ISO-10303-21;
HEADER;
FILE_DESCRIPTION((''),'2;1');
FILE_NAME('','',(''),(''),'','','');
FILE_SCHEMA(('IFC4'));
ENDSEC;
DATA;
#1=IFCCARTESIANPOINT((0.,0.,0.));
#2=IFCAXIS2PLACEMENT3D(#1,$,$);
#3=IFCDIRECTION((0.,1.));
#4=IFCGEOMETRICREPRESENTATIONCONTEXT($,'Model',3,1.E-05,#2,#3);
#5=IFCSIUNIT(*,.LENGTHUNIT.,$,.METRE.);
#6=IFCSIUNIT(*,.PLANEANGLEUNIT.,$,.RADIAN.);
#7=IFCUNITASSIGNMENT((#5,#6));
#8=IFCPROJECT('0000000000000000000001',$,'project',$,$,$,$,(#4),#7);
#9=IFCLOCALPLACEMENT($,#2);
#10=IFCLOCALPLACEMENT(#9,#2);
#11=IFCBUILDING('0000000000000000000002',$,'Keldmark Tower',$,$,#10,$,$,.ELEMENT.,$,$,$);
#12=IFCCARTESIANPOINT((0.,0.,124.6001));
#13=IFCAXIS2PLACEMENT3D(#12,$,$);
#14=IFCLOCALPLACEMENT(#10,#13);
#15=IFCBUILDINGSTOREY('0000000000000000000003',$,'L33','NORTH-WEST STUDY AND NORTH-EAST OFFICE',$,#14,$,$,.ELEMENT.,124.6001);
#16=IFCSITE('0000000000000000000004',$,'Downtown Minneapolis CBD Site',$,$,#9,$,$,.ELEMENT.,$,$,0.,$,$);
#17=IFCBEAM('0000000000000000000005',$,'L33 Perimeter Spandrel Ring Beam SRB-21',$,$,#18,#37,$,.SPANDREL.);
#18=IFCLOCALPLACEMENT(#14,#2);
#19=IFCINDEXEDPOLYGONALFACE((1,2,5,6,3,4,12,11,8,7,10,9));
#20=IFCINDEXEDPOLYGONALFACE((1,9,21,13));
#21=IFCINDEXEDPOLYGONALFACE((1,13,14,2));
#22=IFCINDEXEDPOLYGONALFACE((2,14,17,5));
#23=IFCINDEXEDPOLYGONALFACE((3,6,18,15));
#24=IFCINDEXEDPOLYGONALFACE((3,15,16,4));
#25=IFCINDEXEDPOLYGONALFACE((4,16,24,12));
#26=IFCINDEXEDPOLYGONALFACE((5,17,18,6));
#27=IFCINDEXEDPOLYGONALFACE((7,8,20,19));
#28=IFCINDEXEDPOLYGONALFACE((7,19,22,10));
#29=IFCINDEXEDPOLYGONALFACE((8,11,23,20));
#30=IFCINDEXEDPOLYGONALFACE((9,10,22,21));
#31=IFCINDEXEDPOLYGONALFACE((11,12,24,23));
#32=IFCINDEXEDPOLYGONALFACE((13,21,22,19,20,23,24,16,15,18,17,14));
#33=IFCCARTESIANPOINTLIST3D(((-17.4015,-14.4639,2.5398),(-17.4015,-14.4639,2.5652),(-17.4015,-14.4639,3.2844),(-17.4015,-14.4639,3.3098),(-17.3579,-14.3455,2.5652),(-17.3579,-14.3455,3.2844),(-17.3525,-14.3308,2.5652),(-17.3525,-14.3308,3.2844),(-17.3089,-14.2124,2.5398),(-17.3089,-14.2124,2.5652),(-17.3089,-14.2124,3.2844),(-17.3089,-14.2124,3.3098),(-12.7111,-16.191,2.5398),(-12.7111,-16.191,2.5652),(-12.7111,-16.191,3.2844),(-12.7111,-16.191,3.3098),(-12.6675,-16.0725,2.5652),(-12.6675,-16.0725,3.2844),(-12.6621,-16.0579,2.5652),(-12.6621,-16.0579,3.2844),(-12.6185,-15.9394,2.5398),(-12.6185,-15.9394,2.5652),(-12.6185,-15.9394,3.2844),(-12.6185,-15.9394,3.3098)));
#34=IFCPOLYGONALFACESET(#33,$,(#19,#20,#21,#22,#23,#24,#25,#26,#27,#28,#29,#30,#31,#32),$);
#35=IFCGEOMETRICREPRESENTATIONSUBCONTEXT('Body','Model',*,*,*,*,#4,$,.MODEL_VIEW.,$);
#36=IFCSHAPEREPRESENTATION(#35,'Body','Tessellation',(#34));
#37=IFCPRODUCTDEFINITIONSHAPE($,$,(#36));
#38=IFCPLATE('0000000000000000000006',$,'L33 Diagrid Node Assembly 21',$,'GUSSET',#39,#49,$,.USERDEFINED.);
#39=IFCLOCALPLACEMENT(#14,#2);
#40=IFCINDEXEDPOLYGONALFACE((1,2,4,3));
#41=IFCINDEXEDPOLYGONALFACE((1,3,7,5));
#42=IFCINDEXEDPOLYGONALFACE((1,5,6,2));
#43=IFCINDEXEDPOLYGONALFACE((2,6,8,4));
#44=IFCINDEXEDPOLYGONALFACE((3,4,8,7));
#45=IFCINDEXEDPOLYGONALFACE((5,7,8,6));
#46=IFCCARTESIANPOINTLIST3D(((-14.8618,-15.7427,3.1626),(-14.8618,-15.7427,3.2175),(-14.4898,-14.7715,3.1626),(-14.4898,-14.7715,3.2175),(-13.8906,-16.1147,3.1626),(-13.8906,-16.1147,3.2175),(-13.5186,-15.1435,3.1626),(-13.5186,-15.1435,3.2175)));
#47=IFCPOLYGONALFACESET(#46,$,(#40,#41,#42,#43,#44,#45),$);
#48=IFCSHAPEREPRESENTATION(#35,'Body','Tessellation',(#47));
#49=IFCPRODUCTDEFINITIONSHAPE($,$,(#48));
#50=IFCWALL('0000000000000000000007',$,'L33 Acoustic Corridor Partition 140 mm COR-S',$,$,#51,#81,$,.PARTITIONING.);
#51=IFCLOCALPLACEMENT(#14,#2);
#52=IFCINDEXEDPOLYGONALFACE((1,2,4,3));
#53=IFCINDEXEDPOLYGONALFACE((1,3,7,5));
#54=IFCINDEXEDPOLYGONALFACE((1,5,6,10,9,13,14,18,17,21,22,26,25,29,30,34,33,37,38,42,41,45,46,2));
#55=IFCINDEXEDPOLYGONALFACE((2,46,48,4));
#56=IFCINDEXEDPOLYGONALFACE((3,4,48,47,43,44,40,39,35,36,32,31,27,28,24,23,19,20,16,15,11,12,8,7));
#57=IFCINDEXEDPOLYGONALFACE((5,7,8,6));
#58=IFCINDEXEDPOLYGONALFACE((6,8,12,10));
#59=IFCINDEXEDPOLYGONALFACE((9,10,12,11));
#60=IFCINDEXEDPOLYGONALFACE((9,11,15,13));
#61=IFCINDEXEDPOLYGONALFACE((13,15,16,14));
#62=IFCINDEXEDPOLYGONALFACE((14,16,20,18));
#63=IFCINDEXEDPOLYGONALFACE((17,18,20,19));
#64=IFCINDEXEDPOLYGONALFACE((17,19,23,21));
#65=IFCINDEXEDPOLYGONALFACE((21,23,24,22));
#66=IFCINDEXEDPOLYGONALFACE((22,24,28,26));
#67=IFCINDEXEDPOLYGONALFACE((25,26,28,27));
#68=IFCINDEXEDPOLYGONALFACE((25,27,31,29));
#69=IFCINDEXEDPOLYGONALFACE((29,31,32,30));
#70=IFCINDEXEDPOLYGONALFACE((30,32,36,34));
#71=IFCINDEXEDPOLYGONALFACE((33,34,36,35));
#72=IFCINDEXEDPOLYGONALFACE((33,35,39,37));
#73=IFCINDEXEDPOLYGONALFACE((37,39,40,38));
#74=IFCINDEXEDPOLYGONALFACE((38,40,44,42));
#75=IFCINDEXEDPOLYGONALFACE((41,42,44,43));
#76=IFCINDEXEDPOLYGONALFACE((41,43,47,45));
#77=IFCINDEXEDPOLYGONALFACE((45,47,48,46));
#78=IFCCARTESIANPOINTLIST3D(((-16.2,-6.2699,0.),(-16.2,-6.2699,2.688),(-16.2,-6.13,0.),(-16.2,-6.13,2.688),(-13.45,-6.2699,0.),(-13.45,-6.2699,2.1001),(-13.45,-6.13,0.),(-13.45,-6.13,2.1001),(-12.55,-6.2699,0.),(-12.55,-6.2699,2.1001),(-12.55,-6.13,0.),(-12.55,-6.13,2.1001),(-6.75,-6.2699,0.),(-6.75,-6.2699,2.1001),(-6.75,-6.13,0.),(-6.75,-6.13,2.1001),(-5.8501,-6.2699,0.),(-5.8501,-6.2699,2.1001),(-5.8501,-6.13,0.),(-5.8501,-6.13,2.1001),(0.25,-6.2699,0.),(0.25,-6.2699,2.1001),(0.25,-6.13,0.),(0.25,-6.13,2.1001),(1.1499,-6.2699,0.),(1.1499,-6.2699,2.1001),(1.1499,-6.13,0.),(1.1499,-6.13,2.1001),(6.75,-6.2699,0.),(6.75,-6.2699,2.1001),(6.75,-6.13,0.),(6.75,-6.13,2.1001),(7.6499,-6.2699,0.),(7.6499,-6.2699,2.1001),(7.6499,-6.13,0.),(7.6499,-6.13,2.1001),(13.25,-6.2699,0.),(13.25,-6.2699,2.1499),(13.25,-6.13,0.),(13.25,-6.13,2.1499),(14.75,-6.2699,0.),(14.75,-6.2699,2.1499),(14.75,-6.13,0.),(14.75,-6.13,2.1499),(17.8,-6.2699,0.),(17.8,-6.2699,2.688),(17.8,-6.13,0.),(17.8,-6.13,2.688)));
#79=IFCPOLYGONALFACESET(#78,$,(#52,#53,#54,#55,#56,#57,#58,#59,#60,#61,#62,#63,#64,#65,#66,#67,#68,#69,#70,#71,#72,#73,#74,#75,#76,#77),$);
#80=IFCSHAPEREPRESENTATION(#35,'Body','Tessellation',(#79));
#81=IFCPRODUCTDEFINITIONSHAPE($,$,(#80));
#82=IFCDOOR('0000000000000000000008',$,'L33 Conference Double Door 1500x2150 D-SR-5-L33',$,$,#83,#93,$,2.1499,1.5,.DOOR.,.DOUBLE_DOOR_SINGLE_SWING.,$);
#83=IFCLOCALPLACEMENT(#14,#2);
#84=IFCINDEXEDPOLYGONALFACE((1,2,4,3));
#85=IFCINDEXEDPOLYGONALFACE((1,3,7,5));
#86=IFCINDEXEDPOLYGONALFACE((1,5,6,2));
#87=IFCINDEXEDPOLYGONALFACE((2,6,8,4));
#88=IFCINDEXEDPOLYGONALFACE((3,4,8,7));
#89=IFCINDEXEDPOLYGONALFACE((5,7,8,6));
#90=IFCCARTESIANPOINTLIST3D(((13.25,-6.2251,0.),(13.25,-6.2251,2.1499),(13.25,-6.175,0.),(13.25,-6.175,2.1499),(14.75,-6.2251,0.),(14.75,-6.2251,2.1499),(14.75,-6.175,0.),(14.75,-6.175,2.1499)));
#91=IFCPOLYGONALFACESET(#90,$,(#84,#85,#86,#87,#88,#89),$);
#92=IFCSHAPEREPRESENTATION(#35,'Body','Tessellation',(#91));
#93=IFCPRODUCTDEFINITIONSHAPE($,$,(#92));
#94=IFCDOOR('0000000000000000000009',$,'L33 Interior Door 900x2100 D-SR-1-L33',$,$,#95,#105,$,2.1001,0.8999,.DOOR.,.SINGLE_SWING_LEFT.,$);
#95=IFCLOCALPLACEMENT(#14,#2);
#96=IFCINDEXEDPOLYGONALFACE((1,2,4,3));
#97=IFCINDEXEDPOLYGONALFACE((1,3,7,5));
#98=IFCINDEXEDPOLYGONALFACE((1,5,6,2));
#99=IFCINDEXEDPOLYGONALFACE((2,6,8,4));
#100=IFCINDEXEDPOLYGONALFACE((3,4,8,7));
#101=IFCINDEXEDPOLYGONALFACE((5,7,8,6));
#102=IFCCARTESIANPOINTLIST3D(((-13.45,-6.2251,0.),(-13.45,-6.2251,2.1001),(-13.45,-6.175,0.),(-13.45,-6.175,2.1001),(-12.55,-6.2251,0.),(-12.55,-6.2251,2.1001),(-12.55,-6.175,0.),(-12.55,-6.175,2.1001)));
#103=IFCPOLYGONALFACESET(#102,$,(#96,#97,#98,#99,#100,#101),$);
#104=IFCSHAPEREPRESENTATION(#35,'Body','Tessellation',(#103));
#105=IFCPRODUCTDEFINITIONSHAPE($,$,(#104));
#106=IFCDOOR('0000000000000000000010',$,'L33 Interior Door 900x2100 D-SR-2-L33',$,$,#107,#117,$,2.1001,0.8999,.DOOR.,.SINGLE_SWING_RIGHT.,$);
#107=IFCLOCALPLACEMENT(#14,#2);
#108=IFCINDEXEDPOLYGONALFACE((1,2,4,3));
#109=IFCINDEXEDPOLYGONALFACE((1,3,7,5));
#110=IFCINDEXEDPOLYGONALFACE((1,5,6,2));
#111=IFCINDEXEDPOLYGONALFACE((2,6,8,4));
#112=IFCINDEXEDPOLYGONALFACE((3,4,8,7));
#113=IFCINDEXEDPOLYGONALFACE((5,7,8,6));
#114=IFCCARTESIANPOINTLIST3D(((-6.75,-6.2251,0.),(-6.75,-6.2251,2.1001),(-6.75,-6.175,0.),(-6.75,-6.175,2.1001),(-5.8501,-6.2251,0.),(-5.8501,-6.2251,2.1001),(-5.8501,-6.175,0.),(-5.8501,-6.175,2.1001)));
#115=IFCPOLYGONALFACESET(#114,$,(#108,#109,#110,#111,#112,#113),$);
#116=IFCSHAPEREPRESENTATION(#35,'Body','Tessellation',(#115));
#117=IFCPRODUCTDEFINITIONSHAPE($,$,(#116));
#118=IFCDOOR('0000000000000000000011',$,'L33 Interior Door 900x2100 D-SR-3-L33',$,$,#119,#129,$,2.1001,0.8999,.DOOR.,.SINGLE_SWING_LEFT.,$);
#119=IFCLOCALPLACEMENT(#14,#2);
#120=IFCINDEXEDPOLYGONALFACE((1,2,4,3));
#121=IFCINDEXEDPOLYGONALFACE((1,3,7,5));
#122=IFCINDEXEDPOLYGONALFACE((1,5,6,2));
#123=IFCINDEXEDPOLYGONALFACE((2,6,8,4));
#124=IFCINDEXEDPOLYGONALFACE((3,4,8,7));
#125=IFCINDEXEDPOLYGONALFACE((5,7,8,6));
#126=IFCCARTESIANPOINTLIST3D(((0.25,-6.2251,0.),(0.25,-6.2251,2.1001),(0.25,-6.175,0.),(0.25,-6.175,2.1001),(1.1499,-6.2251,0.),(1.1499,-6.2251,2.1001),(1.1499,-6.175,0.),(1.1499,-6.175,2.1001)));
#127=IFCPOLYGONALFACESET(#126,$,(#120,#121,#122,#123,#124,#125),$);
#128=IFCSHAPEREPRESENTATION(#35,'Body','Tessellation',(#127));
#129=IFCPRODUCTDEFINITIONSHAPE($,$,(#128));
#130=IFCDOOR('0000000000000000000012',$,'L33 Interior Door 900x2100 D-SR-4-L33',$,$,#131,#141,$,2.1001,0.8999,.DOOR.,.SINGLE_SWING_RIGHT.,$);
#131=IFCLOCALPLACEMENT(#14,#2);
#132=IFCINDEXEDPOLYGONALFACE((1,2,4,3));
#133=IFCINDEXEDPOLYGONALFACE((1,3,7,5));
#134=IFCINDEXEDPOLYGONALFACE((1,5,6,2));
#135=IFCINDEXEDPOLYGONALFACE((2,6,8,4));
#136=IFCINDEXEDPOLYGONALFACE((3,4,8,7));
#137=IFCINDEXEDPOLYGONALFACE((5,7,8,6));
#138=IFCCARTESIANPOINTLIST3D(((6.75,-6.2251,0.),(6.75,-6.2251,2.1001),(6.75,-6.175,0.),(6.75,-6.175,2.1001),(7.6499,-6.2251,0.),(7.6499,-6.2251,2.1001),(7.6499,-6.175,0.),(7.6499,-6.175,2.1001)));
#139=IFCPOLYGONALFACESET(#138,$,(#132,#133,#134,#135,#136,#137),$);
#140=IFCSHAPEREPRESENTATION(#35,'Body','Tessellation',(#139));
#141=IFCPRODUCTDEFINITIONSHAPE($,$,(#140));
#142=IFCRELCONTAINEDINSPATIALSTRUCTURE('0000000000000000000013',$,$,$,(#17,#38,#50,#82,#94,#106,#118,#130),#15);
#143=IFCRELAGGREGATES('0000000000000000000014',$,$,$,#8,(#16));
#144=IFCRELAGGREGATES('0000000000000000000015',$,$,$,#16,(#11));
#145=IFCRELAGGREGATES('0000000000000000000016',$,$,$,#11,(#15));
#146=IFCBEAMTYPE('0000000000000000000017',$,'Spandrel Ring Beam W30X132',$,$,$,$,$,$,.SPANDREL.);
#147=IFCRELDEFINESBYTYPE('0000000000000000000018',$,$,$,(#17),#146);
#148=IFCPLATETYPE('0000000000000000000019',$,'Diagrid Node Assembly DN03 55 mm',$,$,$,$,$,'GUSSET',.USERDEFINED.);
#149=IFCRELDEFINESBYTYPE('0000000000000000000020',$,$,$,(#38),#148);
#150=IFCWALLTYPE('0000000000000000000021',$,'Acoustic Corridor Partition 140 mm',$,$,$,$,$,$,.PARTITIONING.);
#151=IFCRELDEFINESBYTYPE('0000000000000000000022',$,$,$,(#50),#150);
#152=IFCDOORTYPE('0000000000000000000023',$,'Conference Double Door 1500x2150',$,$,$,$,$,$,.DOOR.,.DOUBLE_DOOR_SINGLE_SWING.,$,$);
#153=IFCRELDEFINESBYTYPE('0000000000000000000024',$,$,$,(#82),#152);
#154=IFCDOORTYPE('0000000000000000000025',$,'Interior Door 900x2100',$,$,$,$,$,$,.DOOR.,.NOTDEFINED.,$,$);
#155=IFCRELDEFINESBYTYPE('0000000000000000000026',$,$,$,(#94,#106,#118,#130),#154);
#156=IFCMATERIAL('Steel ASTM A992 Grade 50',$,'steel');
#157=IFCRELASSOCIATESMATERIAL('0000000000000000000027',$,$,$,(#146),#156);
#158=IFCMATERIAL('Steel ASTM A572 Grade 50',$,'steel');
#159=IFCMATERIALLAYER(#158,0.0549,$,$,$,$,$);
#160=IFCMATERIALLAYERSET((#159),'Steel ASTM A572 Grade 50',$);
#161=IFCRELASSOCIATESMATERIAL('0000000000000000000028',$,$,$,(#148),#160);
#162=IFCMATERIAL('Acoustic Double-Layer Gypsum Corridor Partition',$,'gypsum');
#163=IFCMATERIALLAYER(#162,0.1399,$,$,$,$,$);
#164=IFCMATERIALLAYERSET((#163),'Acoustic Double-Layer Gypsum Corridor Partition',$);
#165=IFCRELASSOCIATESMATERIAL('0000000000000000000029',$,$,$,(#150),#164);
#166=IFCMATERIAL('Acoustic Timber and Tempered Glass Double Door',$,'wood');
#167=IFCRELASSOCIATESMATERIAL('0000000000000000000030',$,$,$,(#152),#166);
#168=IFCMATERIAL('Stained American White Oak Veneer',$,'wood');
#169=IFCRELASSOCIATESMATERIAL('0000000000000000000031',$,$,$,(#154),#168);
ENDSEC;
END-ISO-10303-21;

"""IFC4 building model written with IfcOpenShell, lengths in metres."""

from ifc_helpers import new_model, si_unit, direction, frame, frame_2d, origin, origin_2d, place, context, subcontext, project, spatial, rectangle, i_section, extrude, material, layer, layer_set, material_profile, profile_set, type_object, element, fill, save


model = new_model("IFC4")

# Units and contexts
model_context = context("Model", 3, precision=1e-05, world=origin(), true_north=direction((0.0, 1.0)))
body_context = subcontext(model_context, "Body", "Model", "MODEL_VIEW")
ifc_project = project(units=[si_unit("LENGTHUNIT", "METRE"), si_unit("PLANEANGLEUNIT", "RADIAN")], contexts=[model_context])

# Site, building, storey
site_placement = place(None, origin())
site = spatial("IfcSite", under=ifc_project, at=site_placement, Name="Downtown Minneapolis CBD Site", CompositionType="ELEMENT", RefElevation=0.0)
building_placement = place(site_placement, origin())
building = spatial("IfcBuilding", under=site, at=building_placement, Name="Keldmark Tower", CompositionType="ELEMENT")
storey_placement = place(building_placement, frame((0.0, 0.0, 124.6001)))
storey = spatial("IfcBuildingStorey", under=building, at=storey_placement, Name="L33", Description="NORTH-WEST STUDY AND NORTH-EAST OFFICE", CompositionType="ELEMENT", Elevation=124.6001)

# Beam
ifc_material_1 = material(Name="Steel ASTM A992 Grade 50", Category="steel")
ifc_material_profile_1 = material_profile(ifc_material_1, i_section(OverallWidth=0.2681, OverallDepth=0.77, WebThickness=0.0156, FlangeThickness=0.0254, at=origin_2d()), Name="W30X132")
ifc_profile_set_1 = profile_set([ifc_material_profile_1], Name="Steel ASTM A992 Grade 50")
beam_type_1 = type_object("IfcBeamType", Name="Spandrel Ring Beam W30X132", PredefinedType="SPANDREL", material=ifc_profile_set_1)
beam_1_placement = place(storey_placement, frame((-17.3552, -14.3381, 2.9248), z_axis=(0.938408, -0.345529, 0.0), x_axis=(0.345529, 0.938408, 0.0)))
element("IfcBeam", 1, at=beam_1_placement, inside=storey, type_object=beam_type_1, Name="L33 Perimeter Spandrel Ring Beam SRB-21", PredefinedType="SPANDREL", context=body_context, shape_type="SweptSolid", body=[
    extrude(i_section(OverallWidth=0.2681, OverallDepth=0.77, WebThickness=0.0156, FlangeThickness=0.0254, at=origin_2d()), origin(), (0.0, 0.0, 1.0), 4.9983),
])

# Plate
ifc_material_2 = material(Name="Steel ASTM A572 Grade 50", Category="steel")
ifc_layer_1 = layer(ifc_material_2, 0.0549)
ifc_layer_set_1 = layer_set([ifc_layer_1], Name="Steel ASTM A572 Grade 50")
plate_type = type_object("IfcPlateType", Name="Diagrid Node Assembly DN03 55 mm", ElementType="GUSSET", PredefinedType="USERDEFINED", material=ifc_layer_set_1)
plate_placement = place(storey_placement, frame((-14.1902, -15.4431, 3.1626), z_axis=(0.0, 0.0, 1.0), x_axis=(0.93383, -0.357716, 0.0)))
element("IfcPlate", 2, at=plate_placement, inside=storey, type_object=plate_type, Name="L33 Diagrid Node Assembly 21", ObjectType="GUSSET", PredefinedType="USERDEFINED", context=body_context, shape_type="SweptSolid", body=[
    extrude(rectangle(XDim=1.04, YDim=1.04, at=origin_2d()), origin(), (0.0, 0.0, 1.0), 0.0549),
])

# Wall, openings, doors
ifc_material_3 = material(Name="Acoustic Double-Layer Gypsum Corridor Partition", Category="gypsum")
ifc_layer_2 = layer(ifc_material_3, 0.1399)
ifc_layer_set_2 = layer_set([ifc_layer_2], Name="Acoustic Double-Layer Gypsum Corridor Partition")
wall_type_1 = type_object("IfcWallType", Name="Acoustic Corridor Partition 140 mm", PredefinedType="PARTITIONING", material=ifc_layer_set_2)
wall_1_placement = place(storey_placement, frame((-16.2, -6.2, 0.0), z_axis=(0.0, 0.0, 1.0), x_axis=(1.0, 0.0, 0.0)))
wall_1 = element("IfcWall", 3, at=wall_1_placement, inside=storey, type_object=wall_type_1, Name="L33 Acoustic Corridor Partition 140 mm COR-S", PredefinedType="PARTITIONING", context=body_context, shape_type="SweptSolid", body=[
    extrude(rectangle(XDim=34.0, YDim=0.1399, at=frame_2d((17.0, 0.0))), origin(), (0.0, 0.0, 1.0), 2.688),
])
opening_1_placement = place(wall_1_placement, frame((2.75, 0.0, 0.0)))
opening_1 = element("IfcOpeningElement", 4, at=opening_1_placement, cuts=wall_1, PredefinedType="OPENING", context=body_context, shape_type="SweptSolid", body=[
    extrude(rectangle(XDim=0.8999, YDim=2.1001, at=frame_2d((0.45, 1.05))), frame((0.0, 0.0798, 0.0), z_axis=(0.0, -1.0, 0.0), x_axis=(1.0, 0.0, 0.0)), (0.0, 0.0, 1.0), 0.1599),
])
opening_2_placement = place(wall_1_placement, frame((9.45, 0.0, 0.0)))
opening_2 = element("IfcOpeningElement", 5, at=opening_2_placement, cuts=wall_1, PredefinedType="OPENING", context=body_context, shape_type="SweptSolid", body=[
    extrude(rectangle(XDim=0.8999, YDim=2.1001, at=frame_2d((0.45, 1.05))), frame((0.0, 0.0798, 0.0), z_axis=(0.0, -1.0, 0.0), x_axis=(1.0, 0.0, 0.0)), (0.0, 0.0, 1.0), 0.1599),
])
opening_3_placement = place(wall_1_placement, frame((16.45, 0.0, 0.0)))
opening_3 = element("IfcOpeningElement", 6, at=opening_3_placement, cuts=wall_1, PredefinedType="OPENING", context=body_context, shape_type="SweptSolid", body=[
    extrude(rectangle(XDim=0.8999, YDim=2.1001, at=frame_2d((0.45, 1.05))), frame((0.0, 0.0798, 0.0), z_axis=(0.0, -1.0, 0.0), x_axis=(1.0, 0.0, 0.0)), (0.0, 0.0, 1.0), 0.1599),
])
opening_4_placement = place(wall_1_placement, frame((22.95, 0.0, 0.0)))
opening_4 = element("IfcOpeningElement", 7, at=opening_4_placement, cuts=wall_1, PredefinedType="OPENING", context=body_context, shape_type="SweptSolid", body=[
    extrude(rectangle(XDim=0.8999, YDim=2.1001, at=frame_2d((0.45, 1.05))), frame((0.0, 0.0798, 0.0), z_axis=(0.0, -1.0, 0.0), x_axis=(1.0, 0.0, 0.0)), (0.0, 0.0, 1.0), 0.1599),
])
opening_5_placement = place(wall_1_placement, frame((29.45, 0.0, 0.0)))
opening_5 = element("IfcOpeningElement", 8, at=opening_5_placement, cuts=wall_1, PredefinedType="OPENING", context=body_context, shape_type="SweptSolid", body=[
    extrude(rectangle(XDim=1.5, YDim=2.1499, at=frame_2d((0.75, 1.075))), frame((0.0, 0.0798, 0.0), z_axis=(0.0, -1.0, 0.0), x_axis=(1.0, 0.0, 0.0)), (0.0, 0.0, 1.0), 0.1599),
])
ifc_material_4 = material(Name="Acoustic Timber and Tempered Glass Double Door", Category="wood")
door_type_1 = type_object("IfcDoorType", Name="Conference Double Door 1500x2150", OperationType="DOUBLE_DOOR_SINGLE_SWING", PredefinedType="DOOR", material=ifc_material_4)
door_1_placement = place(opening_5_placement, origin())
door_1 = element("IfcDoor", 9, at=door_1_placement, inside=storey, type_object=door_type_1, Name="L33 Conference Double Door 1500x2150 D-SR-5-L33", OperationType="DOUBLE_DOOR_SINGLE_SWING", OverallHeight=2.1499, OverallWidth=1.5, PredefinedType="DOOR", context=body_context, shape_type="SweptSolid", body=[
    extrude(rectangle(XDim=1.5, YDim=2.1499, at=frame_2d((0.75, 1.075))), frame((0.0, 0.0249, 0.0), z_axis=(0.0, -1.0, 0.0), x_axis=(1.0, 0.0, 0.0)), (0.0, 0.0, 1.0), 0.05),
])
fill(opening_5, door_1)
ifc_material_5 = material(Name="Stained American White Oak Veneer", Category="wood")
door_type_2 = type_object("IfcDoorType", Name="Interior Door 900x2100", OperationType="NOTDEFINED", PredefinedType="DOOR", material=ifc_material_5)
door_2_placement = place(opening_1_placement, origin())
door_2 = element("IfcDoor", 10, at=door_2_placement, inside=storey, type_object=door_type_2, Name="L33 Interior Door 900x2100 D-SR-1-L33", OperationType="SINGLE_SWING_LEFT", OverallHeight=2.1001, OverallWidth=0.8999, PredefinedType="DOOR", context=body_context, shape_type="SweptSolid", body=[
    extrude(rectangle(XDim=0.8999, YDim=2.1001, at=frame_2d((0.45, 1.05))), frame((0.0, 0.0249, 0.0), z_axis=(0.0, -1.0, 0.0), x_axis=(1.0, 0.0, 0.0)), (0.0, 0.0, 1.0), 0.05),
])
fill(opening_1, door_2)
door_3_placement = place(opening_2_placement, origin())
door_3 = element("IfcDoor", 11, at=door_3_placement, inside=storey, type_object=door_type_2, Name="L33 Interior Door 900x2100 D-SR-2-L33", OperationType="SINGLE_SWING_RIGHT", OverallHeight=2.1001, OverallWidth=0.8999, PredefinedType="DOOR", context=body_context, shape_type="SweptSolid", body=[
    extrude(rectangle(XDim=0.8999, YDim=2.1001, at=frame_2d((0.45, 1.05))), frame((0.0, 0.0249, 0.0), z_axis=(0.0, -1.0, 0.0), x_axis=(1.0, 0.0, 0.0)), (0.0, 0.0, 1.0), 0.05),
])
fill(opening_2, door_3)
door_4_placement = place(opening_3_placement, origin())
door_4 = element("IfcDoor", 12, at=door_4_placement, inside=storey, type_object=door_type_2, Name="L33 Interior Door 900x2100 D-SR-3-L33", OperationType="SINGLE_SWING_LEFT", OverallHeight=2.1001, OverallWidth=0.8999, PredefinedType="DOOR", context=body_context, shape_type="SweptSolid", body=[
    extrude(rectangle(XDim=0.8999, YDim=2.1001, at=frame_2d((0.45, 1.05))), frame((0.0, 0.0249, 0.0), z_axis=(0.0, -1.0, 0.0), x_axis=(1.0, 0.0, 0.0)), (0.0, 0.0, 1.0), 0.05),
])
fill(opening_3, door_4)
door_5_placement = place(opening_4_placement, origin())
door_5 = element("IfcDoor", 13, at=door_5_placement, inside=storey, type_object=door_type_2, Name="L33 Interior Door 900x2100 D-SR-4-L33", OperationType="SINGLE_SWING_RIGHT", OverallHeight=2.1001, OverallWidth=0.8999, PredefinedType="DOOR", context=body_context, shape_type="SweptSolid", body=[
    extrude(rectangle(XDim=0.8999, YDim=2.1001, at=frame_2d((0.45, 1.05))), frame((0.0, 0.0249, 0.0), z_axis=(0.0, -1.0, 0.0), x_axis=(1.0, 0.0, 0.0)), (0.0, 0.0, 1.0), 0.05),
])
fill(opening_4, door_5)

save(model, "model.ifc")
